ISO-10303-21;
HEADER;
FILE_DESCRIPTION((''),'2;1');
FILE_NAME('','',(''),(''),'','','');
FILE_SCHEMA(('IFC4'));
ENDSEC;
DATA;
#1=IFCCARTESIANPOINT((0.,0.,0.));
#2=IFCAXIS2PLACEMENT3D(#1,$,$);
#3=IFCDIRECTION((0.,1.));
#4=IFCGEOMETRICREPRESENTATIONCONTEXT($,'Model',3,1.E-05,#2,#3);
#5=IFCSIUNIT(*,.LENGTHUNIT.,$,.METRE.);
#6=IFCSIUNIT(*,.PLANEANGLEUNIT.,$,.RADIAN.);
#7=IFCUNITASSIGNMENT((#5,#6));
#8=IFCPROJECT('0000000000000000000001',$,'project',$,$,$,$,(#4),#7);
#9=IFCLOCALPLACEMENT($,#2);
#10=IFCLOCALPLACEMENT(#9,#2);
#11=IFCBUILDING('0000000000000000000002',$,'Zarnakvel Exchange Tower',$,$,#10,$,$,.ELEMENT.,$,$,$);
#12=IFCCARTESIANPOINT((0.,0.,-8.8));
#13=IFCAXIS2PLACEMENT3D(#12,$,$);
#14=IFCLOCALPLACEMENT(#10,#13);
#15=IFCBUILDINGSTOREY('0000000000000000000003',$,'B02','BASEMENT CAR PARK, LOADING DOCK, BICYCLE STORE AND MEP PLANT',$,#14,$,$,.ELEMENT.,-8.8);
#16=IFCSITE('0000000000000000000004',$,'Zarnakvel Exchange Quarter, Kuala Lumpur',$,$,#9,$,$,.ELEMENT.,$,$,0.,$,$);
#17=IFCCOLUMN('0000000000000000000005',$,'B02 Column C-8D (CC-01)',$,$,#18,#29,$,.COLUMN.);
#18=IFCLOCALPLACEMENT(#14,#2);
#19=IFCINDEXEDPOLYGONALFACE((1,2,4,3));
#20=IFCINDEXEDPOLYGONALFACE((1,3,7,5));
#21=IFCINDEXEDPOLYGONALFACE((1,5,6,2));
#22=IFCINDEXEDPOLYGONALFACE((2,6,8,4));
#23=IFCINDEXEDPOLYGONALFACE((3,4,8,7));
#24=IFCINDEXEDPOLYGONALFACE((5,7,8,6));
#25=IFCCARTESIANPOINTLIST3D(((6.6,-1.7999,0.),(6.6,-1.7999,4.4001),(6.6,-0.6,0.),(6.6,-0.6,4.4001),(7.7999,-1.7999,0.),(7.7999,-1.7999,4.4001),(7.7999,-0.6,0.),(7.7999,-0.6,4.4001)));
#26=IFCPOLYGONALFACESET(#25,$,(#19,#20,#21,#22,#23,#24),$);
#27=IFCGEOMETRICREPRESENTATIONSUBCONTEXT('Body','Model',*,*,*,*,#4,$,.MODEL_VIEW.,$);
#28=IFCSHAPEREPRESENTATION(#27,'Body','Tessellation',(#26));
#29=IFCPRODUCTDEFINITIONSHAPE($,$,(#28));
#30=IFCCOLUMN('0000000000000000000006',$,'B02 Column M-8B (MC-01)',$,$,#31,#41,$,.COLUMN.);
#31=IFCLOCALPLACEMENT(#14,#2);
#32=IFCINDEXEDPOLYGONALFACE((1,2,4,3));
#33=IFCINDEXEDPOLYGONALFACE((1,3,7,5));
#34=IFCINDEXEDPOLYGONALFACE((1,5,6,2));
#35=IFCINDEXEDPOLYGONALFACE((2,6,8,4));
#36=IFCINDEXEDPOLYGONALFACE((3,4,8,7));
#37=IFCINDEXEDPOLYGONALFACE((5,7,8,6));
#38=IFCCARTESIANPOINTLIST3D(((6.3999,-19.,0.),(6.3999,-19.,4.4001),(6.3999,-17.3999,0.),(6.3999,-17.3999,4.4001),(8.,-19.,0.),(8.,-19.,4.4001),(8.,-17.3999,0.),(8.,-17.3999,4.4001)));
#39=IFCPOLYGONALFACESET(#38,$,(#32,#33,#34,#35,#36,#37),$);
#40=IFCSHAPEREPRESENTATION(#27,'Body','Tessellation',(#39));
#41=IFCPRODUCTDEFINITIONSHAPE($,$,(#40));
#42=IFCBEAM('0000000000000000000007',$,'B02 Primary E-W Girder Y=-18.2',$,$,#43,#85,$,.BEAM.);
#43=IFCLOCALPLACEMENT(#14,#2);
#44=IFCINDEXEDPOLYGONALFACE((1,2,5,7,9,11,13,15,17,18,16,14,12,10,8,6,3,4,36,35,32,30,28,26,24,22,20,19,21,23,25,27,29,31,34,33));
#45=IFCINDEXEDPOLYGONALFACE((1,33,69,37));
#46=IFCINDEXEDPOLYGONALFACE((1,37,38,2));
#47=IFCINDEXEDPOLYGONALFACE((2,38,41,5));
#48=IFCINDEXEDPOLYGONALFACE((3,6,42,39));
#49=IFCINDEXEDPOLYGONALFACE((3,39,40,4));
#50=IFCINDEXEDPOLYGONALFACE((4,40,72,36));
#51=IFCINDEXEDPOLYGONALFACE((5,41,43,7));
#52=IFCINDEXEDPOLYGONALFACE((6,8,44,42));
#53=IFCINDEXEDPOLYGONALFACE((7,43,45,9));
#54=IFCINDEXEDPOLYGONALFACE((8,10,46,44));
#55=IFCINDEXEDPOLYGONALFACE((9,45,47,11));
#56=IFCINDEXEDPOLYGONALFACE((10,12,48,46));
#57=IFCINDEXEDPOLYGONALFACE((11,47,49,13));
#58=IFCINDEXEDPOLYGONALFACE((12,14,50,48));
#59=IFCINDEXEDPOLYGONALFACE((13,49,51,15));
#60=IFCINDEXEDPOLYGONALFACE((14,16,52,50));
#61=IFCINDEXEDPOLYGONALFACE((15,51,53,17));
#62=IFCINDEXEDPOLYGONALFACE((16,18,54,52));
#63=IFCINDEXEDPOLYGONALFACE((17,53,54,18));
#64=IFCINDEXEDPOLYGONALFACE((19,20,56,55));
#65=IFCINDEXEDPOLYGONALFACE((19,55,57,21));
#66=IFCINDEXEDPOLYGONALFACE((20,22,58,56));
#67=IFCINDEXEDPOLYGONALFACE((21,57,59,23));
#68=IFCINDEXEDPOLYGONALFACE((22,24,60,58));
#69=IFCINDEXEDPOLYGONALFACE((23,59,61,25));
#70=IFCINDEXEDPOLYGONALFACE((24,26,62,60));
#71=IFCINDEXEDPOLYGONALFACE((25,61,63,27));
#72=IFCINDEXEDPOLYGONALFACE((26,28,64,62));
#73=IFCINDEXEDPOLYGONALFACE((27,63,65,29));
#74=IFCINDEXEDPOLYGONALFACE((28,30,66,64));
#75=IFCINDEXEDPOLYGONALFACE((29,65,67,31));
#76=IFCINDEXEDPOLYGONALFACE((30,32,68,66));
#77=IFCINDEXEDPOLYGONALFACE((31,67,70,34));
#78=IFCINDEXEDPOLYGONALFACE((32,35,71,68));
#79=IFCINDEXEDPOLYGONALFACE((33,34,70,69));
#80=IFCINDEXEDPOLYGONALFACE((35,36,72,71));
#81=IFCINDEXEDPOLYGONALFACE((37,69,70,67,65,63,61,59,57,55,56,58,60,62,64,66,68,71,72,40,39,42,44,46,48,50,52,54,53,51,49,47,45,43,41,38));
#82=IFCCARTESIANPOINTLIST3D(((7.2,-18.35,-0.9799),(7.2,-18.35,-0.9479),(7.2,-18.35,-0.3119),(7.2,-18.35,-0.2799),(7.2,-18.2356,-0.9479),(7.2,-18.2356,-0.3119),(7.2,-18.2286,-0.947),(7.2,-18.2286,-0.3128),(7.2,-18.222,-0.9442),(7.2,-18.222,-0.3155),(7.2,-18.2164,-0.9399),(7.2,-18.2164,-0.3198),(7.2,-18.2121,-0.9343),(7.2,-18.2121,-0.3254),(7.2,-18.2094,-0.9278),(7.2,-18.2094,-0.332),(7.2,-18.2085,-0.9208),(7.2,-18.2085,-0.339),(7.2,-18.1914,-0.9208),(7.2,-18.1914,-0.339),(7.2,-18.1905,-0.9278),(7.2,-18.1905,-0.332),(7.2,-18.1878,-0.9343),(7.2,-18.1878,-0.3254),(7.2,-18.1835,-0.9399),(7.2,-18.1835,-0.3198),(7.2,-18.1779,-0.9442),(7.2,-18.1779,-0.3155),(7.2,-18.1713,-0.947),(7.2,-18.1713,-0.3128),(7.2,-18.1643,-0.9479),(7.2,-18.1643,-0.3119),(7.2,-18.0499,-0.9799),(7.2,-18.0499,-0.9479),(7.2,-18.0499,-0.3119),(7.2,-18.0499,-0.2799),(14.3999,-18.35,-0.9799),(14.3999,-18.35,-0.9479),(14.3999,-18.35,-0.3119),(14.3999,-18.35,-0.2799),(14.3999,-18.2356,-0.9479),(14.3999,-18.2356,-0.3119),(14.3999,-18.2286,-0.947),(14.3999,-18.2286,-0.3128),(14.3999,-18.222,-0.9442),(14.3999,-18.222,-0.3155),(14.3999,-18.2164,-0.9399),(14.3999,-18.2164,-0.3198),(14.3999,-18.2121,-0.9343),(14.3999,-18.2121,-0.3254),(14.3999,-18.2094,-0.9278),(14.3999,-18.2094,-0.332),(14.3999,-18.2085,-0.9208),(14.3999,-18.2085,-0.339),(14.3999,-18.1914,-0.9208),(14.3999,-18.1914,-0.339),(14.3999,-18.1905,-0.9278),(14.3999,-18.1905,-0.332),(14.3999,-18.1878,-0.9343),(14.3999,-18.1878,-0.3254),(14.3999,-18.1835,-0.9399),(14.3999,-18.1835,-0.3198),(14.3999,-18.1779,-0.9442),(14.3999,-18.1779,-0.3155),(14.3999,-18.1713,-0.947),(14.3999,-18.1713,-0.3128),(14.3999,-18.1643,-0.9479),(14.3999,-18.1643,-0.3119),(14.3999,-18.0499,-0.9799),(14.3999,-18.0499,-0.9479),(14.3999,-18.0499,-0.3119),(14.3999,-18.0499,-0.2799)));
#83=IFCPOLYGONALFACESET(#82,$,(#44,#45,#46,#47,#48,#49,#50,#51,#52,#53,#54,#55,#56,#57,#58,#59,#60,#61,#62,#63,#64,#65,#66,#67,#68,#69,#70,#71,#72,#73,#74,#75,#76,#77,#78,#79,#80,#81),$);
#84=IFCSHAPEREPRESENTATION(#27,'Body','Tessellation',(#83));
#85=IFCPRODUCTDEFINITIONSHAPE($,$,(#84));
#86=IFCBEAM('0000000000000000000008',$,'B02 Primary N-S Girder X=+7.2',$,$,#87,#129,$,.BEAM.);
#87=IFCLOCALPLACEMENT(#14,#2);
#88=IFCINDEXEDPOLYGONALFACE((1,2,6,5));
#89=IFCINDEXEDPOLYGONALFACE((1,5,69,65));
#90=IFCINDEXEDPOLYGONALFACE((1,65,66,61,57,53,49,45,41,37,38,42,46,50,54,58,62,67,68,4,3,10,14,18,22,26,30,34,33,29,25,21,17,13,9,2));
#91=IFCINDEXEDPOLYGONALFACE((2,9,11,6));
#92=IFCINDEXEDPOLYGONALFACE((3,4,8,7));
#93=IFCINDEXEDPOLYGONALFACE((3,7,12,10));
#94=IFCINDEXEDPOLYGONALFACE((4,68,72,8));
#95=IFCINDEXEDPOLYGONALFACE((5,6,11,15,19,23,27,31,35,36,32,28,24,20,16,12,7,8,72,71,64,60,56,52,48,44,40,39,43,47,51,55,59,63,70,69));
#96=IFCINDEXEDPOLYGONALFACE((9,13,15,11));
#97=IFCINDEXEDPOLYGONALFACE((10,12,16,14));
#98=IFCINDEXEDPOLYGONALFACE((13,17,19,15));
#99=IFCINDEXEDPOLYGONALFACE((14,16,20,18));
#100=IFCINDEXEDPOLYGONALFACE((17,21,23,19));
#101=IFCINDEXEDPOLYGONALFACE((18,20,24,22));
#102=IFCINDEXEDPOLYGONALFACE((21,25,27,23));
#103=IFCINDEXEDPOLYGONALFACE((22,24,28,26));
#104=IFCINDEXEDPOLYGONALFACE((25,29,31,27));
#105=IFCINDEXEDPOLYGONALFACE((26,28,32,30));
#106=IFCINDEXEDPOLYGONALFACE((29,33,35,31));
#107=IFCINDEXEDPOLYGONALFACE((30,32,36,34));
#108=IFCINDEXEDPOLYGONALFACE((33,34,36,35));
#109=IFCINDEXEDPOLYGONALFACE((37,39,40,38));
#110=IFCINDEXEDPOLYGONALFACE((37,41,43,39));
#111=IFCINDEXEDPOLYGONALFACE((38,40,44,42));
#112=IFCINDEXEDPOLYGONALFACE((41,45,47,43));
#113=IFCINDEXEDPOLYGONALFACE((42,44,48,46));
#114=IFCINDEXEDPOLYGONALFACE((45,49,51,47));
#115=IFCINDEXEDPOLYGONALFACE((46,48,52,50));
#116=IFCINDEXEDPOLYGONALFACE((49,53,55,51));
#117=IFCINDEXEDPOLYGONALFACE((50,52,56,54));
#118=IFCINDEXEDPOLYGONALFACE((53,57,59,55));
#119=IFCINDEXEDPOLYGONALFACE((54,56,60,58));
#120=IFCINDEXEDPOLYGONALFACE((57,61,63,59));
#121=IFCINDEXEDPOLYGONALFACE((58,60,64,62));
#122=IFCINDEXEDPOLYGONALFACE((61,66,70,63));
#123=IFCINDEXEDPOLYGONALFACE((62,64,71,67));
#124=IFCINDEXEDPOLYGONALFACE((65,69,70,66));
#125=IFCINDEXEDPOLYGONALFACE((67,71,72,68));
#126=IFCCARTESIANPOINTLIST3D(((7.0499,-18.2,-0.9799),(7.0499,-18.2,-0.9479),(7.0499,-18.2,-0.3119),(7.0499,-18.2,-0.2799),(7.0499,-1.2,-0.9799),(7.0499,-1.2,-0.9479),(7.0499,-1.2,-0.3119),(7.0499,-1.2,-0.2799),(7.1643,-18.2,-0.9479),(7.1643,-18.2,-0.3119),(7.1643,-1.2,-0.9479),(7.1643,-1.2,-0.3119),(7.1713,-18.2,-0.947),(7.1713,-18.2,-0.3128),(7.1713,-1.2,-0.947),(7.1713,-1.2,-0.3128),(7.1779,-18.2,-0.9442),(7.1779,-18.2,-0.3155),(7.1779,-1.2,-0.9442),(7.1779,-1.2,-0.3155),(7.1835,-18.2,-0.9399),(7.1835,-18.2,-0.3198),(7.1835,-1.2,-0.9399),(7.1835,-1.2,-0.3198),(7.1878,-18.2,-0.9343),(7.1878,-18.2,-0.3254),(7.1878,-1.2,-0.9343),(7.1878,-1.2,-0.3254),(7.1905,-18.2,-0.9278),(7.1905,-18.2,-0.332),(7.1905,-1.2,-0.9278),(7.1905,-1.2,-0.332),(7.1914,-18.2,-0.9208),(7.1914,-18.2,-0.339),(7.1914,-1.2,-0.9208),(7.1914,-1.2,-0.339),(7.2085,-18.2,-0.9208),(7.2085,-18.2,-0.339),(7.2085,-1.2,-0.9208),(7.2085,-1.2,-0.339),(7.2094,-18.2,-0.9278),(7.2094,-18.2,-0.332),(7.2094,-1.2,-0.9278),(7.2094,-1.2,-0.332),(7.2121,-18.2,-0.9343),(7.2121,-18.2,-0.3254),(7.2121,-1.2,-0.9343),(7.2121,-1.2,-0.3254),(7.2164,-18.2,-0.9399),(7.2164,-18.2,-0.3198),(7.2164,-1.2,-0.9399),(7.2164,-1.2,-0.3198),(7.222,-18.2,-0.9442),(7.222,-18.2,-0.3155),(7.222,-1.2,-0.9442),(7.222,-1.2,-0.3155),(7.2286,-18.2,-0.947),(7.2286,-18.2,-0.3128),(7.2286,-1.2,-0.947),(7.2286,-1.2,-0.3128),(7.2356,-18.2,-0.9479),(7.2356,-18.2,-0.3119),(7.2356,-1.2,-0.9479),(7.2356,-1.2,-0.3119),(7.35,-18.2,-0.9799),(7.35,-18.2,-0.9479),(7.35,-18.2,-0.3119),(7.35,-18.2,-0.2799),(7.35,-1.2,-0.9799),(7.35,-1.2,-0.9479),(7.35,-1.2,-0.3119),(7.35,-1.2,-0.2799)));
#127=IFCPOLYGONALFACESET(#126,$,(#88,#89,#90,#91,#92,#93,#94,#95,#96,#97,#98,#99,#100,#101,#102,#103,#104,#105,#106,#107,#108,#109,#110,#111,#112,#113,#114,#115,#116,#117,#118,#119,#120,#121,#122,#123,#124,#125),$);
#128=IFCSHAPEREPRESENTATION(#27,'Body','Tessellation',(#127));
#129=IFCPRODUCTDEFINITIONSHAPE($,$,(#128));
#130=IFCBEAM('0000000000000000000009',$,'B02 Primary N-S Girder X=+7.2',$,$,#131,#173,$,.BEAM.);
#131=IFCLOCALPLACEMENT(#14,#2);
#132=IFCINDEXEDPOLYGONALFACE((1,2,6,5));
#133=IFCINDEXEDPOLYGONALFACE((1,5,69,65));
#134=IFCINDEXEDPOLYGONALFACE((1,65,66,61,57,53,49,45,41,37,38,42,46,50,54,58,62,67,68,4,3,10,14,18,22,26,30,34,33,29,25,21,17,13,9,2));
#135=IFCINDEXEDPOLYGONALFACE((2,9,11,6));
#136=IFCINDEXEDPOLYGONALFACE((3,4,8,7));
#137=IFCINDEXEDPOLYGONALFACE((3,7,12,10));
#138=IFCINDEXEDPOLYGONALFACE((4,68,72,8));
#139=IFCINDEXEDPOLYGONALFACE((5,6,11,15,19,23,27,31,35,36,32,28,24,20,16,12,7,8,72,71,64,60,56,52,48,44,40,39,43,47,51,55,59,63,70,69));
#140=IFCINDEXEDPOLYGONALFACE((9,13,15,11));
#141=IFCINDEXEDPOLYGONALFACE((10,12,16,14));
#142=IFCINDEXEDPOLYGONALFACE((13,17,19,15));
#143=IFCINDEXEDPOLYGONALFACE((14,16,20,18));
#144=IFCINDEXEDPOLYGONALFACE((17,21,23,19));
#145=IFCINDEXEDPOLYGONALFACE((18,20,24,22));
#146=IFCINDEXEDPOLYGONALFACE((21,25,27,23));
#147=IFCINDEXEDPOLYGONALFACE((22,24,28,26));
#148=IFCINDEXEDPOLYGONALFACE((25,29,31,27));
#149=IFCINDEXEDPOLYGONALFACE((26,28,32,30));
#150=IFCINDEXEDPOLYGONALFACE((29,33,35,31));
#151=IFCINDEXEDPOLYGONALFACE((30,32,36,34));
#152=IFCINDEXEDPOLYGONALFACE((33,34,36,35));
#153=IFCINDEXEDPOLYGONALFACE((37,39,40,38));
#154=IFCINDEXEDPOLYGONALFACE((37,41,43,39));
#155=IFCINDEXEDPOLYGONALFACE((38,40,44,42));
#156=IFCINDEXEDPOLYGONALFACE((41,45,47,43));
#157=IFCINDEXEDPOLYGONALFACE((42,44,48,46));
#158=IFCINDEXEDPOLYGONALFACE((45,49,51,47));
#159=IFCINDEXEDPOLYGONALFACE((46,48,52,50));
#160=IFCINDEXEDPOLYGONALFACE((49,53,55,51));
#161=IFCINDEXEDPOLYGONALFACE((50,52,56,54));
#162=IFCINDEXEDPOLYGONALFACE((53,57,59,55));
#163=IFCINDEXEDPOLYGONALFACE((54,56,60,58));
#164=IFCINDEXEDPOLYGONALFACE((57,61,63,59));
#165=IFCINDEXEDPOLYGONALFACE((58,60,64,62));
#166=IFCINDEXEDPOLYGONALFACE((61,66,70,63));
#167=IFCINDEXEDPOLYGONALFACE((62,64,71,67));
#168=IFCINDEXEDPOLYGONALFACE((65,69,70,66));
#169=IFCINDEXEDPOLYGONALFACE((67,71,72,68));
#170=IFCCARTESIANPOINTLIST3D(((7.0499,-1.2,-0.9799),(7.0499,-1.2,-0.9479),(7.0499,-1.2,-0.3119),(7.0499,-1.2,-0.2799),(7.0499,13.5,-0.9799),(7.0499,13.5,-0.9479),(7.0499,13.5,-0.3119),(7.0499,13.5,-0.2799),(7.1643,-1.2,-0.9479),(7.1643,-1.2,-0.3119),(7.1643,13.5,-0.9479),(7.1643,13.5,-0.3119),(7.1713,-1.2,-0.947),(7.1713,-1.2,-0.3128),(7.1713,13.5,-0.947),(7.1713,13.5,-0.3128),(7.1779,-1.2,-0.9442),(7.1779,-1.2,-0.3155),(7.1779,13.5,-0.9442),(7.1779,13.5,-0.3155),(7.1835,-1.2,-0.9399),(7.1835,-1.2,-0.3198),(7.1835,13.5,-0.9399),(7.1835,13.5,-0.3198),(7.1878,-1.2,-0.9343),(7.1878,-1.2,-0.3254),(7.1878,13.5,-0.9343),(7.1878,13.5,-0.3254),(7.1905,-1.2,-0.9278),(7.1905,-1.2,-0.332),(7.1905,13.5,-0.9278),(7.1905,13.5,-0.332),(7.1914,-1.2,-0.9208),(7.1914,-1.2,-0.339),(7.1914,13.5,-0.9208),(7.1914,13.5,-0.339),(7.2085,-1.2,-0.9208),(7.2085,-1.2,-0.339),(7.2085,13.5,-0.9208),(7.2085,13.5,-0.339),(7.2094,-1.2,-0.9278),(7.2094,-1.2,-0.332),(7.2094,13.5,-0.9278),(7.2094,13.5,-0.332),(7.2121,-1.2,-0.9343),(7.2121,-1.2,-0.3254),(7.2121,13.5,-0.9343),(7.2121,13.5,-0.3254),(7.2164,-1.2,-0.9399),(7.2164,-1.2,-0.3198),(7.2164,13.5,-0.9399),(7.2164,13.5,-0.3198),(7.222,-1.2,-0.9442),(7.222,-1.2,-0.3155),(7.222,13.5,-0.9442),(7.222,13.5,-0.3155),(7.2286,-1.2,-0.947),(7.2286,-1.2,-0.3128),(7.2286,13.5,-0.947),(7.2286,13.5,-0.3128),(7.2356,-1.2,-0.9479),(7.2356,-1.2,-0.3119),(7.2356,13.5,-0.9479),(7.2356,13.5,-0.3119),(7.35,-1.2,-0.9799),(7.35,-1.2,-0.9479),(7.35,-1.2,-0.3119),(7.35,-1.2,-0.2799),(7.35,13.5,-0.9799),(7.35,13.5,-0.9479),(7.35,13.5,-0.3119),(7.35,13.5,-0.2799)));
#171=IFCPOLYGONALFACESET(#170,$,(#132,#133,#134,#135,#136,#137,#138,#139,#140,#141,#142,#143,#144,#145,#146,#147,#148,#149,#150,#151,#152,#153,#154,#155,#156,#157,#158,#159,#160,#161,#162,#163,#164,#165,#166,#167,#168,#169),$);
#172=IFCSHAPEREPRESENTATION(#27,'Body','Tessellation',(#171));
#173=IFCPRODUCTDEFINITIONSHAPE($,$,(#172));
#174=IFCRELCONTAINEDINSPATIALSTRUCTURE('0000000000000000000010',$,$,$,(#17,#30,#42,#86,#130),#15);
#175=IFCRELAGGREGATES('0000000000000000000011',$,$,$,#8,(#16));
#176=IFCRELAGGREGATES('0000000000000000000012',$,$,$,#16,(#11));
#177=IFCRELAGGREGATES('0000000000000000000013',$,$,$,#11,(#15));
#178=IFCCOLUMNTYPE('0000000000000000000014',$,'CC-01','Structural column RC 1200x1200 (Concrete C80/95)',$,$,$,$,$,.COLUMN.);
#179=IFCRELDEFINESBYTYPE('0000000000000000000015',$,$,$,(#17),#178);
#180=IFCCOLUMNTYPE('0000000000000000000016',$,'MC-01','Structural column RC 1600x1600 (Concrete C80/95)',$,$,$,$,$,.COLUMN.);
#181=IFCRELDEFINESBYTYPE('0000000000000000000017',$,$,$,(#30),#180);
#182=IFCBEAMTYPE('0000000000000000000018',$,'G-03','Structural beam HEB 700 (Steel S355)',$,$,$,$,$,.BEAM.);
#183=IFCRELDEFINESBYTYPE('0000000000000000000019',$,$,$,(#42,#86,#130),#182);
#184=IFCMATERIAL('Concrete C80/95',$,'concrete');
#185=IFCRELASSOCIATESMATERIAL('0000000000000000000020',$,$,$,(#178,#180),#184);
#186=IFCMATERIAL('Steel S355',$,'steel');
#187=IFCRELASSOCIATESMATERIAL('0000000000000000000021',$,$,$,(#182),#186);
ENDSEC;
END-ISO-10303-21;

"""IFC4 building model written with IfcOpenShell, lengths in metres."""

from ifc_helpers import new_model, si_unit, direction, frame, origin, origin_2d, place, context, subcontext, project, spatial, rectangle, i_section, extrude, material, material_profile, profile_set, type_object, element, save


model = new_model("IFC4")

# Units and contexts
model_context = context("Model", 3, precision=1e-05, world=origin(), true_north=direction((0.0, 1.0)))
body_context = subcontext(model_context, "Body", "Model", "MODEL_VIEW")
ifc_project = project(units=[si_unit("LENGTHUNIT", "METRE"), si_unit("PLANEANGLEUNIT", "RADIAN")], contexts=[model_context])

# Site, building, storey
site_placement = place(None, origin())
site = spatial("IfcSite", under=ifc_project, at=site_placement, Name="Zarnakvel Exchange Quarter, Kuala Lumpur", CompositionType="ELEMENT", RefElevation=0.0)
building_placement = place(site_placement, origin())
building = spatial("IfcBuilding", under=site, at=building_placement, Name="Zarnakvel Exchange Tower", CompositionType="ELEMENT")
storey_placement = place(building_placement, frame((0.0, 0.0, -8.8)))
storey = spatial("IfcBuildingStorey", under=building, at=storey_placement, Name="B02", Description="BASEMENT CAR PARK, LOADING DOCK, BICYCLE STORE AND MEP PLANT", CompositionType="ELEMENT", Elevation=-8.8)

# Columns
ifc_material_1 = material(Name="Concrete C80/95", Category="concrete")
ifc_material_profile_1 = material_profile(ifc_material_1, rectangle(XDim=1.2, YDim=1.2, at=origin_2d()))
ifc_profile_set_1 = profile_set([ifc_material_profile_1], Name="Concrete C80/95")
column_type_1 = type_object("IfcColumnType", Name="CC-01", Description="Structural column RC 1200x1200 (Concrete C80/95)", PredefinedType="COLUMN", material=ifc_profile_set_1)
column_1_placement = place(storey_placement, frame((7.2, -1.2, 0.0), z_axis=(0.0, 0.0, 1.0), x_axis=(1.0, 0.0, 0.0)))
element("IfcColumn", 1, at=column_1_placement, inside=storey, type_object=column_type_1, Name="B02 Column C-8D (CC-01)", PredefinedType="COLUMN", context=body_context, shape_type="SweptSolid", body=[
    extrude(rectangle(XDim=1.2, YDim=1.2, at=origin_2d()), origin(), (0.0, 0.0, 1.0), 4.4001),
])
ifc_material_profile_2 = material_profile(ifc_material_1, rectangle(XDim=1.6001, YDim=1.6001, at=origin_2d()))
ifc_profile_set_2 = profile_set([ifc_material_profile_2], Name="Concrete C80/95")
column_type_2 = type_object("IfcColumnType", Name="MC-01", Description="Structural column RC 1600x1600 (Concrete C80/95)", PredefinedType="COLUMN", material=ifc_profile_set_2)
column_2_placement = place(storey_placement, frame((7.2, -18.2, 0.0), z_axis=(0.0, 0.0, 1.0), x_axis=(1.0, 0.0, 0.0)))
element("IfcColumn", 2, at=column_2_placement, inside=storey, type_object=column_type_2, Name="B02 Column M-8B (MC-01)", PredefinedType="COLUMN", context=body_context, shape_type="SweptSolid", body=[
    extrude(rectangle(XDim=1.6001, YDim=1.6001, at=origin_2d()), origin(), (0.0, 0.0, 1.0), 4.4001),
])

# Beams
ifc_material_2 = material(Name="Steel S355", Category="steel")
ifc_material_profile_3 = material_profile(ifc_material_2, i_section(OverallWidth=0.3, OverallDepth=0.7, WebThickness=0.0171, FlangeThickness=0.032, FilletRadius=0.0271, at=origin_2d()))
ifc_profile_set_3 = profile_set([ifc_material_profile_3], Name="Steel S355")
beam_type = type_object("IfcBeamType", Name="G-03", Description="Structural beam HEB 700 (Steel S355)", PredefinedType="BEAM", material=ifc_profile_set_3)
beam_1_placement = place(storey_placement, frame((7.2, -18.2, -0.6299), z_axis=(1.0, 0.0, 0.0), x_axis=(0.0, 1.0, 0.0)))
element("IfcBeam", 3, at=beam_1_placement, inside=storey, type_object=beam_type, Name="B02 Primary E-W Girder Y=-18.2", PredefinedType="BEAM", context=body_context, shape_type="SweptSolid", body=[
    extrude(i_section(OverallWidth=0.3, OverallDepth=0.7, WebThickness=0.0171, FlangeThickness=0.032, FilletRadius=0.0271, at=origin_2d()), origin(), (0.0, 0.0, 1.0), 7.2),
])
beam_2_placement = place(storey_placement, frame((7.2, -18.2, -0.6299), z_axis=(0.0, 1.0, 0.0), x_axis=(-1.0, 0.0, 0.0)))
element("IfcBeam", 4, at=beam_2_placement, inside=storey, type_object=beam_type, Name="B02 Primary N-S Girder X=+7.2", PredefinedType="BEAM", context=body_context, shape_type="SweptSolid", body=[
    extrude(i_section(OverallWidth=0.3, OverallDepth=0.7, WebThickness=0.0171, FlangeThickness=0.032, FilletRadius=0.0271, at=origin_2d()), origin(), (0.0, 0.0, 1.0), 17.0),
])
beam_3_placement = place(storey_placement, frame((7.2, -1.2, -0.6299), z_axis=(0.0, 1.0, 0.0), x_axis=(-1.0, 0.0, 0.0)))
element("IfcBeam", 5, at=beam_3_placement, inside=storey, type_object=beam_type, Name="B02 Primary N-S Girder X=+7.2", PredefinedType="BEAM", context=body_context, shape_type="SweptSolid", body=[
    extrude(i_section(OverallWidth=0.3, OverallDepth=0.7, WebThickness=0.0171, FlangeThickness=0.032, FilletRadius=0.0271, at=origin_2d()), origin(), (0.0, 0.0, 1.0), 14.7),
])

save(model, "model.ifc")
